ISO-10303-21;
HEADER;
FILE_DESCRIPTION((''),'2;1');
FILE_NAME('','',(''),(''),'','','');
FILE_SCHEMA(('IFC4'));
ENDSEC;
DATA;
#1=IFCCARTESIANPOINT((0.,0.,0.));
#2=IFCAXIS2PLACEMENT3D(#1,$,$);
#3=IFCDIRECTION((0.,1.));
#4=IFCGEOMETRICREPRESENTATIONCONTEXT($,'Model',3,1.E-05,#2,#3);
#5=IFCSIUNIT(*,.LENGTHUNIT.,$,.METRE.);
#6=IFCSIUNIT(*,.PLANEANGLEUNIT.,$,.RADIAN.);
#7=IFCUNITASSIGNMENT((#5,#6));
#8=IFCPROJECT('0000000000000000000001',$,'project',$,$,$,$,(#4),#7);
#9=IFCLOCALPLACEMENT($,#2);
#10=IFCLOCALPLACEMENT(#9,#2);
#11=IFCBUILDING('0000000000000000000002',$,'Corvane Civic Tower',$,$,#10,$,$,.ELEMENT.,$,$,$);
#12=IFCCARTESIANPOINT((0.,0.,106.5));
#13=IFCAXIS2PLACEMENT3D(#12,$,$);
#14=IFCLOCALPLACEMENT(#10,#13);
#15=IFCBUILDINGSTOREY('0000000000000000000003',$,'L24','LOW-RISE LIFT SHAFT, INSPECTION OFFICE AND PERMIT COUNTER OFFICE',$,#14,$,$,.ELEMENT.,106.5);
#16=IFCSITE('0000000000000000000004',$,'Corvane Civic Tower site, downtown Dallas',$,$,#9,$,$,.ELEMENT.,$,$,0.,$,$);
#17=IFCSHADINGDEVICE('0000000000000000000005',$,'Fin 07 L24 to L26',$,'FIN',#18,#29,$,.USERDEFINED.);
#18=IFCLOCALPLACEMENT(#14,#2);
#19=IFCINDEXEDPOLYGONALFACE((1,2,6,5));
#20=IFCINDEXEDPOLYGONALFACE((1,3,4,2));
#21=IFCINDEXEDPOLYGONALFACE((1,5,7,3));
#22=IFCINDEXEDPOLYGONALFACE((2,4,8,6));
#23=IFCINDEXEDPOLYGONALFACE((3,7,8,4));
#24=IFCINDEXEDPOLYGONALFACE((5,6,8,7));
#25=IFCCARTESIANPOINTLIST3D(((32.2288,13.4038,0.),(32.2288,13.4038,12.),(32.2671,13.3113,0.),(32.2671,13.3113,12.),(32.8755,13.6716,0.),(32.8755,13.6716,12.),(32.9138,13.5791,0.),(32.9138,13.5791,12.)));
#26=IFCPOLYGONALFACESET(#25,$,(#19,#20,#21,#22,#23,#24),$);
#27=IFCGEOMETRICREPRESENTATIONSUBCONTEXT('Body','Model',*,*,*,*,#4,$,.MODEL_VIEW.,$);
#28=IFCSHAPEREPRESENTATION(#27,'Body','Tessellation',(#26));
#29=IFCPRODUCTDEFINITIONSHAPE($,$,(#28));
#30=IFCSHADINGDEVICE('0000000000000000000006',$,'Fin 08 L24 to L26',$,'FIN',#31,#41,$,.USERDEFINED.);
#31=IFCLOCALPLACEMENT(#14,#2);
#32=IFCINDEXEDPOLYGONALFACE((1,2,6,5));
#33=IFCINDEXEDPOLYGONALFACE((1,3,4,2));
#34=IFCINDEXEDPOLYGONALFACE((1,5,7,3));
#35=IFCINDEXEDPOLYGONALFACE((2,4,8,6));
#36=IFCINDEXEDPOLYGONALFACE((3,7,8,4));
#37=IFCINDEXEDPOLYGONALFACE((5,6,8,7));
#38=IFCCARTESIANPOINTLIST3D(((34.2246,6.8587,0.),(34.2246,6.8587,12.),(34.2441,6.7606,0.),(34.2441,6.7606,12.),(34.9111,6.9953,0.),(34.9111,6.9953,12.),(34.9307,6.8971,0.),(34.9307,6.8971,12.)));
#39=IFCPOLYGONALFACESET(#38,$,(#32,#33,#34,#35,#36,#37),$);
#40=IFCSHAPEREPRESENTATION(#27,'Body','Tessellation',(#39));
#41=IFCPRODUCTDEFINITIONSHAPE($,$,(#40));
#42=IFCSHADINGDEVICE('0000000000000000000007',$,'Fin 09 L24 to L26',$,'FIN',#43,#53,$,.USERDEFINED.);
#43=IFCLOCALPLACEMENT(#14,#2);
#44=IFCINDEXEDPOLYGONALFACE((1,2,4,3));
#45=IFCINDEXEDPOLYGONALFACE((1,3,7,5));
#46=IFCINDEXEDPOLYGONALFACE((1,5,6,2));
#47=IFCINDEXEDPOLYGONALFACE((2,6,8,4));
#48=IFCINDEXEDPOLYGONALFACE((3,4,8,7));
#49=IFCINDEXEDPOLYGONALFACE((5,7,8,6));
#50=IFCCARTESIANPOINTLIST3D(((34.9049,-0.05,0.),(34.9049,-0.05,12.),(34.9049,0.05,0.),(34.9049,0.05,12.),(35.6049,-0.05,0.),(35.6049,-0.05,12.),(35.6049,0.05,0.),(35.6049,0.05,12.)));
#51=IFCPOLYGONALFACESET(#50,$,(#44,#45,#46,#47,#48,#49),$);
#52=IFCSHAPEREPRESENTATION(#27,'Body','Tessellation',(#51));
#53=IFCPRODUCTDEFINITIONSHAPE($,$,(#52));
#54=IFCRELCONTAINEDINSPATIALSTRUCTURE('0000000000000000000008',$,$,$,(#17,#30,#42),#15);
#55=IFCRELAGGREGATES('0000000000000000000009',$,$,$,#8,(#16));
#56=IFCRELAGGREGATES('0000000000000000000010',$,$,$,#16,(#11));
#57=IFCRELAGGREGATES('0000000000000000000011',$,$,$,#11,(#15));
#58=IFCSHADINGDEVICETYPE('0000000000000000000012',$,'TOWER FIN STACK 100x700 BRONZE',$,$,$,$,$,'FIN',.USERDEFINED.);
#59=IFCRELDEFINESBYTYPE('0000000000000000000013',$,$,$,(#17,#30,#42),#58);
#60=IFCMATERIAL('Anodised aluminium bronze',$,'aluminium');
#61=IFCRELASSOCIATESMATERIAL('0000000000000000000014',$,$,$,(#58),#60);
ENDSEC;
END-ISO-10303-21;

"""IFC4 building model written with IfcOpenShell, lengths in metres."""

from ifc_helpers import new_model, si_unit, direction, frame, origin, origin_2d, place, context, subcontext, project, spatial, rectangle, extrude, material, material_profile, profile_set, type_object, element, save


model = new_model("IFC4")

# Units and contexts
model_context = context("Model", 3, precision=1e-05, world=origin(), true_north=direction((0.0, 1.0)))
body_context = subcontext(model_context, "Body", "Model", "MODEL_VIEW")
ifc_project = project(units=[si_unit("LENGTHUNIT", "METRE"), si_unit("PLANEANGLEUNIT", "RADIAN")], contexts=[model_context])

# Site, building, storey
site_placement = place(None, origin())
site = spatial("IfcSite", under=ifc_project, at=site_placement, Name="Corvane Civic Tower site, downtown Dallas", CompositionType="ELEMENT", RefElevation=0.0)
building_placement = place(site_placement, origin())
building = spatial("IfcBuilding", under=site, at=building_placement, Name="Corvane Civic Tower", CompositionType="ELEMENT")
storey_placement = place(building_placement, frame((0.0, 0.0, 106.5)))
storey = spatial("IfcBuildingStorey", under=building, at=storey_placement, Name="L24", Description="LOW-RISE LIFT SHAFT, INSPECTION OFFICE AND PERMIT COUNTER OFFICE", CompositionType="ELEMENT", Elevation=106.5)

# Shading devices
ifc_material_1 = material(Name="Anodised aluminium bronze", Category="aluminium")
ifc_material_profile_1 = material_profile(ifc_material_1, rectangle(XDim=0.1001, YDim=0.7, at=origin_2d()), Name="TOWER FIN STACK 100x700 BRONZE")
ifc_profile_set_1 = profile_set([ifc_material_profile_1], Name="Anodised aluminium bronze")
shading_device_type = type_object("IfcShadingDeviceType", Name="TOWER FIN STACK 100x700 BRONZE", ElementType="FIN", PredefinedType="USERDEFINED", material=ifc_profile_set_1)
for number, where, z_axis, x_axis, name in (
    (1, (32.5713, 13.4915, 0.0), (0.0, 0.0, 1.0), (0.382683, -0.92388, 0.0), "Fin 07 L24 to L26"),
    (2, (34.5776, 6.8779, 0.0), (0.0, 0.0, 1.0), (0.19509, -0.980785, 0.0), "Fin 08 L24 to L26"),
    (3, (35.2549, 0.0, 0.0), (0.0, 0.0, 1.0), (0.0, -1.0, 0.0), "Fin 09 L24 to L26"),
):
    element("IfcShadingDevice", number, at=place(storey_placement, frame(where, z_axis=z_axis, x_axis=x_axis)), inside=storey, type_object=shading_device_type, Name=name, ObjectType="FIN", PredefinedType="USERDEFINED", context=body_context, shape_type="SweptSolid", body=[
        extrude(rectangle(XDim=0.1001, YDim=0.7, at=origin_2d()), origin(), (0.0, 0.0, 1.0), 12.0),
    ])

save(model, "model.ifc")
